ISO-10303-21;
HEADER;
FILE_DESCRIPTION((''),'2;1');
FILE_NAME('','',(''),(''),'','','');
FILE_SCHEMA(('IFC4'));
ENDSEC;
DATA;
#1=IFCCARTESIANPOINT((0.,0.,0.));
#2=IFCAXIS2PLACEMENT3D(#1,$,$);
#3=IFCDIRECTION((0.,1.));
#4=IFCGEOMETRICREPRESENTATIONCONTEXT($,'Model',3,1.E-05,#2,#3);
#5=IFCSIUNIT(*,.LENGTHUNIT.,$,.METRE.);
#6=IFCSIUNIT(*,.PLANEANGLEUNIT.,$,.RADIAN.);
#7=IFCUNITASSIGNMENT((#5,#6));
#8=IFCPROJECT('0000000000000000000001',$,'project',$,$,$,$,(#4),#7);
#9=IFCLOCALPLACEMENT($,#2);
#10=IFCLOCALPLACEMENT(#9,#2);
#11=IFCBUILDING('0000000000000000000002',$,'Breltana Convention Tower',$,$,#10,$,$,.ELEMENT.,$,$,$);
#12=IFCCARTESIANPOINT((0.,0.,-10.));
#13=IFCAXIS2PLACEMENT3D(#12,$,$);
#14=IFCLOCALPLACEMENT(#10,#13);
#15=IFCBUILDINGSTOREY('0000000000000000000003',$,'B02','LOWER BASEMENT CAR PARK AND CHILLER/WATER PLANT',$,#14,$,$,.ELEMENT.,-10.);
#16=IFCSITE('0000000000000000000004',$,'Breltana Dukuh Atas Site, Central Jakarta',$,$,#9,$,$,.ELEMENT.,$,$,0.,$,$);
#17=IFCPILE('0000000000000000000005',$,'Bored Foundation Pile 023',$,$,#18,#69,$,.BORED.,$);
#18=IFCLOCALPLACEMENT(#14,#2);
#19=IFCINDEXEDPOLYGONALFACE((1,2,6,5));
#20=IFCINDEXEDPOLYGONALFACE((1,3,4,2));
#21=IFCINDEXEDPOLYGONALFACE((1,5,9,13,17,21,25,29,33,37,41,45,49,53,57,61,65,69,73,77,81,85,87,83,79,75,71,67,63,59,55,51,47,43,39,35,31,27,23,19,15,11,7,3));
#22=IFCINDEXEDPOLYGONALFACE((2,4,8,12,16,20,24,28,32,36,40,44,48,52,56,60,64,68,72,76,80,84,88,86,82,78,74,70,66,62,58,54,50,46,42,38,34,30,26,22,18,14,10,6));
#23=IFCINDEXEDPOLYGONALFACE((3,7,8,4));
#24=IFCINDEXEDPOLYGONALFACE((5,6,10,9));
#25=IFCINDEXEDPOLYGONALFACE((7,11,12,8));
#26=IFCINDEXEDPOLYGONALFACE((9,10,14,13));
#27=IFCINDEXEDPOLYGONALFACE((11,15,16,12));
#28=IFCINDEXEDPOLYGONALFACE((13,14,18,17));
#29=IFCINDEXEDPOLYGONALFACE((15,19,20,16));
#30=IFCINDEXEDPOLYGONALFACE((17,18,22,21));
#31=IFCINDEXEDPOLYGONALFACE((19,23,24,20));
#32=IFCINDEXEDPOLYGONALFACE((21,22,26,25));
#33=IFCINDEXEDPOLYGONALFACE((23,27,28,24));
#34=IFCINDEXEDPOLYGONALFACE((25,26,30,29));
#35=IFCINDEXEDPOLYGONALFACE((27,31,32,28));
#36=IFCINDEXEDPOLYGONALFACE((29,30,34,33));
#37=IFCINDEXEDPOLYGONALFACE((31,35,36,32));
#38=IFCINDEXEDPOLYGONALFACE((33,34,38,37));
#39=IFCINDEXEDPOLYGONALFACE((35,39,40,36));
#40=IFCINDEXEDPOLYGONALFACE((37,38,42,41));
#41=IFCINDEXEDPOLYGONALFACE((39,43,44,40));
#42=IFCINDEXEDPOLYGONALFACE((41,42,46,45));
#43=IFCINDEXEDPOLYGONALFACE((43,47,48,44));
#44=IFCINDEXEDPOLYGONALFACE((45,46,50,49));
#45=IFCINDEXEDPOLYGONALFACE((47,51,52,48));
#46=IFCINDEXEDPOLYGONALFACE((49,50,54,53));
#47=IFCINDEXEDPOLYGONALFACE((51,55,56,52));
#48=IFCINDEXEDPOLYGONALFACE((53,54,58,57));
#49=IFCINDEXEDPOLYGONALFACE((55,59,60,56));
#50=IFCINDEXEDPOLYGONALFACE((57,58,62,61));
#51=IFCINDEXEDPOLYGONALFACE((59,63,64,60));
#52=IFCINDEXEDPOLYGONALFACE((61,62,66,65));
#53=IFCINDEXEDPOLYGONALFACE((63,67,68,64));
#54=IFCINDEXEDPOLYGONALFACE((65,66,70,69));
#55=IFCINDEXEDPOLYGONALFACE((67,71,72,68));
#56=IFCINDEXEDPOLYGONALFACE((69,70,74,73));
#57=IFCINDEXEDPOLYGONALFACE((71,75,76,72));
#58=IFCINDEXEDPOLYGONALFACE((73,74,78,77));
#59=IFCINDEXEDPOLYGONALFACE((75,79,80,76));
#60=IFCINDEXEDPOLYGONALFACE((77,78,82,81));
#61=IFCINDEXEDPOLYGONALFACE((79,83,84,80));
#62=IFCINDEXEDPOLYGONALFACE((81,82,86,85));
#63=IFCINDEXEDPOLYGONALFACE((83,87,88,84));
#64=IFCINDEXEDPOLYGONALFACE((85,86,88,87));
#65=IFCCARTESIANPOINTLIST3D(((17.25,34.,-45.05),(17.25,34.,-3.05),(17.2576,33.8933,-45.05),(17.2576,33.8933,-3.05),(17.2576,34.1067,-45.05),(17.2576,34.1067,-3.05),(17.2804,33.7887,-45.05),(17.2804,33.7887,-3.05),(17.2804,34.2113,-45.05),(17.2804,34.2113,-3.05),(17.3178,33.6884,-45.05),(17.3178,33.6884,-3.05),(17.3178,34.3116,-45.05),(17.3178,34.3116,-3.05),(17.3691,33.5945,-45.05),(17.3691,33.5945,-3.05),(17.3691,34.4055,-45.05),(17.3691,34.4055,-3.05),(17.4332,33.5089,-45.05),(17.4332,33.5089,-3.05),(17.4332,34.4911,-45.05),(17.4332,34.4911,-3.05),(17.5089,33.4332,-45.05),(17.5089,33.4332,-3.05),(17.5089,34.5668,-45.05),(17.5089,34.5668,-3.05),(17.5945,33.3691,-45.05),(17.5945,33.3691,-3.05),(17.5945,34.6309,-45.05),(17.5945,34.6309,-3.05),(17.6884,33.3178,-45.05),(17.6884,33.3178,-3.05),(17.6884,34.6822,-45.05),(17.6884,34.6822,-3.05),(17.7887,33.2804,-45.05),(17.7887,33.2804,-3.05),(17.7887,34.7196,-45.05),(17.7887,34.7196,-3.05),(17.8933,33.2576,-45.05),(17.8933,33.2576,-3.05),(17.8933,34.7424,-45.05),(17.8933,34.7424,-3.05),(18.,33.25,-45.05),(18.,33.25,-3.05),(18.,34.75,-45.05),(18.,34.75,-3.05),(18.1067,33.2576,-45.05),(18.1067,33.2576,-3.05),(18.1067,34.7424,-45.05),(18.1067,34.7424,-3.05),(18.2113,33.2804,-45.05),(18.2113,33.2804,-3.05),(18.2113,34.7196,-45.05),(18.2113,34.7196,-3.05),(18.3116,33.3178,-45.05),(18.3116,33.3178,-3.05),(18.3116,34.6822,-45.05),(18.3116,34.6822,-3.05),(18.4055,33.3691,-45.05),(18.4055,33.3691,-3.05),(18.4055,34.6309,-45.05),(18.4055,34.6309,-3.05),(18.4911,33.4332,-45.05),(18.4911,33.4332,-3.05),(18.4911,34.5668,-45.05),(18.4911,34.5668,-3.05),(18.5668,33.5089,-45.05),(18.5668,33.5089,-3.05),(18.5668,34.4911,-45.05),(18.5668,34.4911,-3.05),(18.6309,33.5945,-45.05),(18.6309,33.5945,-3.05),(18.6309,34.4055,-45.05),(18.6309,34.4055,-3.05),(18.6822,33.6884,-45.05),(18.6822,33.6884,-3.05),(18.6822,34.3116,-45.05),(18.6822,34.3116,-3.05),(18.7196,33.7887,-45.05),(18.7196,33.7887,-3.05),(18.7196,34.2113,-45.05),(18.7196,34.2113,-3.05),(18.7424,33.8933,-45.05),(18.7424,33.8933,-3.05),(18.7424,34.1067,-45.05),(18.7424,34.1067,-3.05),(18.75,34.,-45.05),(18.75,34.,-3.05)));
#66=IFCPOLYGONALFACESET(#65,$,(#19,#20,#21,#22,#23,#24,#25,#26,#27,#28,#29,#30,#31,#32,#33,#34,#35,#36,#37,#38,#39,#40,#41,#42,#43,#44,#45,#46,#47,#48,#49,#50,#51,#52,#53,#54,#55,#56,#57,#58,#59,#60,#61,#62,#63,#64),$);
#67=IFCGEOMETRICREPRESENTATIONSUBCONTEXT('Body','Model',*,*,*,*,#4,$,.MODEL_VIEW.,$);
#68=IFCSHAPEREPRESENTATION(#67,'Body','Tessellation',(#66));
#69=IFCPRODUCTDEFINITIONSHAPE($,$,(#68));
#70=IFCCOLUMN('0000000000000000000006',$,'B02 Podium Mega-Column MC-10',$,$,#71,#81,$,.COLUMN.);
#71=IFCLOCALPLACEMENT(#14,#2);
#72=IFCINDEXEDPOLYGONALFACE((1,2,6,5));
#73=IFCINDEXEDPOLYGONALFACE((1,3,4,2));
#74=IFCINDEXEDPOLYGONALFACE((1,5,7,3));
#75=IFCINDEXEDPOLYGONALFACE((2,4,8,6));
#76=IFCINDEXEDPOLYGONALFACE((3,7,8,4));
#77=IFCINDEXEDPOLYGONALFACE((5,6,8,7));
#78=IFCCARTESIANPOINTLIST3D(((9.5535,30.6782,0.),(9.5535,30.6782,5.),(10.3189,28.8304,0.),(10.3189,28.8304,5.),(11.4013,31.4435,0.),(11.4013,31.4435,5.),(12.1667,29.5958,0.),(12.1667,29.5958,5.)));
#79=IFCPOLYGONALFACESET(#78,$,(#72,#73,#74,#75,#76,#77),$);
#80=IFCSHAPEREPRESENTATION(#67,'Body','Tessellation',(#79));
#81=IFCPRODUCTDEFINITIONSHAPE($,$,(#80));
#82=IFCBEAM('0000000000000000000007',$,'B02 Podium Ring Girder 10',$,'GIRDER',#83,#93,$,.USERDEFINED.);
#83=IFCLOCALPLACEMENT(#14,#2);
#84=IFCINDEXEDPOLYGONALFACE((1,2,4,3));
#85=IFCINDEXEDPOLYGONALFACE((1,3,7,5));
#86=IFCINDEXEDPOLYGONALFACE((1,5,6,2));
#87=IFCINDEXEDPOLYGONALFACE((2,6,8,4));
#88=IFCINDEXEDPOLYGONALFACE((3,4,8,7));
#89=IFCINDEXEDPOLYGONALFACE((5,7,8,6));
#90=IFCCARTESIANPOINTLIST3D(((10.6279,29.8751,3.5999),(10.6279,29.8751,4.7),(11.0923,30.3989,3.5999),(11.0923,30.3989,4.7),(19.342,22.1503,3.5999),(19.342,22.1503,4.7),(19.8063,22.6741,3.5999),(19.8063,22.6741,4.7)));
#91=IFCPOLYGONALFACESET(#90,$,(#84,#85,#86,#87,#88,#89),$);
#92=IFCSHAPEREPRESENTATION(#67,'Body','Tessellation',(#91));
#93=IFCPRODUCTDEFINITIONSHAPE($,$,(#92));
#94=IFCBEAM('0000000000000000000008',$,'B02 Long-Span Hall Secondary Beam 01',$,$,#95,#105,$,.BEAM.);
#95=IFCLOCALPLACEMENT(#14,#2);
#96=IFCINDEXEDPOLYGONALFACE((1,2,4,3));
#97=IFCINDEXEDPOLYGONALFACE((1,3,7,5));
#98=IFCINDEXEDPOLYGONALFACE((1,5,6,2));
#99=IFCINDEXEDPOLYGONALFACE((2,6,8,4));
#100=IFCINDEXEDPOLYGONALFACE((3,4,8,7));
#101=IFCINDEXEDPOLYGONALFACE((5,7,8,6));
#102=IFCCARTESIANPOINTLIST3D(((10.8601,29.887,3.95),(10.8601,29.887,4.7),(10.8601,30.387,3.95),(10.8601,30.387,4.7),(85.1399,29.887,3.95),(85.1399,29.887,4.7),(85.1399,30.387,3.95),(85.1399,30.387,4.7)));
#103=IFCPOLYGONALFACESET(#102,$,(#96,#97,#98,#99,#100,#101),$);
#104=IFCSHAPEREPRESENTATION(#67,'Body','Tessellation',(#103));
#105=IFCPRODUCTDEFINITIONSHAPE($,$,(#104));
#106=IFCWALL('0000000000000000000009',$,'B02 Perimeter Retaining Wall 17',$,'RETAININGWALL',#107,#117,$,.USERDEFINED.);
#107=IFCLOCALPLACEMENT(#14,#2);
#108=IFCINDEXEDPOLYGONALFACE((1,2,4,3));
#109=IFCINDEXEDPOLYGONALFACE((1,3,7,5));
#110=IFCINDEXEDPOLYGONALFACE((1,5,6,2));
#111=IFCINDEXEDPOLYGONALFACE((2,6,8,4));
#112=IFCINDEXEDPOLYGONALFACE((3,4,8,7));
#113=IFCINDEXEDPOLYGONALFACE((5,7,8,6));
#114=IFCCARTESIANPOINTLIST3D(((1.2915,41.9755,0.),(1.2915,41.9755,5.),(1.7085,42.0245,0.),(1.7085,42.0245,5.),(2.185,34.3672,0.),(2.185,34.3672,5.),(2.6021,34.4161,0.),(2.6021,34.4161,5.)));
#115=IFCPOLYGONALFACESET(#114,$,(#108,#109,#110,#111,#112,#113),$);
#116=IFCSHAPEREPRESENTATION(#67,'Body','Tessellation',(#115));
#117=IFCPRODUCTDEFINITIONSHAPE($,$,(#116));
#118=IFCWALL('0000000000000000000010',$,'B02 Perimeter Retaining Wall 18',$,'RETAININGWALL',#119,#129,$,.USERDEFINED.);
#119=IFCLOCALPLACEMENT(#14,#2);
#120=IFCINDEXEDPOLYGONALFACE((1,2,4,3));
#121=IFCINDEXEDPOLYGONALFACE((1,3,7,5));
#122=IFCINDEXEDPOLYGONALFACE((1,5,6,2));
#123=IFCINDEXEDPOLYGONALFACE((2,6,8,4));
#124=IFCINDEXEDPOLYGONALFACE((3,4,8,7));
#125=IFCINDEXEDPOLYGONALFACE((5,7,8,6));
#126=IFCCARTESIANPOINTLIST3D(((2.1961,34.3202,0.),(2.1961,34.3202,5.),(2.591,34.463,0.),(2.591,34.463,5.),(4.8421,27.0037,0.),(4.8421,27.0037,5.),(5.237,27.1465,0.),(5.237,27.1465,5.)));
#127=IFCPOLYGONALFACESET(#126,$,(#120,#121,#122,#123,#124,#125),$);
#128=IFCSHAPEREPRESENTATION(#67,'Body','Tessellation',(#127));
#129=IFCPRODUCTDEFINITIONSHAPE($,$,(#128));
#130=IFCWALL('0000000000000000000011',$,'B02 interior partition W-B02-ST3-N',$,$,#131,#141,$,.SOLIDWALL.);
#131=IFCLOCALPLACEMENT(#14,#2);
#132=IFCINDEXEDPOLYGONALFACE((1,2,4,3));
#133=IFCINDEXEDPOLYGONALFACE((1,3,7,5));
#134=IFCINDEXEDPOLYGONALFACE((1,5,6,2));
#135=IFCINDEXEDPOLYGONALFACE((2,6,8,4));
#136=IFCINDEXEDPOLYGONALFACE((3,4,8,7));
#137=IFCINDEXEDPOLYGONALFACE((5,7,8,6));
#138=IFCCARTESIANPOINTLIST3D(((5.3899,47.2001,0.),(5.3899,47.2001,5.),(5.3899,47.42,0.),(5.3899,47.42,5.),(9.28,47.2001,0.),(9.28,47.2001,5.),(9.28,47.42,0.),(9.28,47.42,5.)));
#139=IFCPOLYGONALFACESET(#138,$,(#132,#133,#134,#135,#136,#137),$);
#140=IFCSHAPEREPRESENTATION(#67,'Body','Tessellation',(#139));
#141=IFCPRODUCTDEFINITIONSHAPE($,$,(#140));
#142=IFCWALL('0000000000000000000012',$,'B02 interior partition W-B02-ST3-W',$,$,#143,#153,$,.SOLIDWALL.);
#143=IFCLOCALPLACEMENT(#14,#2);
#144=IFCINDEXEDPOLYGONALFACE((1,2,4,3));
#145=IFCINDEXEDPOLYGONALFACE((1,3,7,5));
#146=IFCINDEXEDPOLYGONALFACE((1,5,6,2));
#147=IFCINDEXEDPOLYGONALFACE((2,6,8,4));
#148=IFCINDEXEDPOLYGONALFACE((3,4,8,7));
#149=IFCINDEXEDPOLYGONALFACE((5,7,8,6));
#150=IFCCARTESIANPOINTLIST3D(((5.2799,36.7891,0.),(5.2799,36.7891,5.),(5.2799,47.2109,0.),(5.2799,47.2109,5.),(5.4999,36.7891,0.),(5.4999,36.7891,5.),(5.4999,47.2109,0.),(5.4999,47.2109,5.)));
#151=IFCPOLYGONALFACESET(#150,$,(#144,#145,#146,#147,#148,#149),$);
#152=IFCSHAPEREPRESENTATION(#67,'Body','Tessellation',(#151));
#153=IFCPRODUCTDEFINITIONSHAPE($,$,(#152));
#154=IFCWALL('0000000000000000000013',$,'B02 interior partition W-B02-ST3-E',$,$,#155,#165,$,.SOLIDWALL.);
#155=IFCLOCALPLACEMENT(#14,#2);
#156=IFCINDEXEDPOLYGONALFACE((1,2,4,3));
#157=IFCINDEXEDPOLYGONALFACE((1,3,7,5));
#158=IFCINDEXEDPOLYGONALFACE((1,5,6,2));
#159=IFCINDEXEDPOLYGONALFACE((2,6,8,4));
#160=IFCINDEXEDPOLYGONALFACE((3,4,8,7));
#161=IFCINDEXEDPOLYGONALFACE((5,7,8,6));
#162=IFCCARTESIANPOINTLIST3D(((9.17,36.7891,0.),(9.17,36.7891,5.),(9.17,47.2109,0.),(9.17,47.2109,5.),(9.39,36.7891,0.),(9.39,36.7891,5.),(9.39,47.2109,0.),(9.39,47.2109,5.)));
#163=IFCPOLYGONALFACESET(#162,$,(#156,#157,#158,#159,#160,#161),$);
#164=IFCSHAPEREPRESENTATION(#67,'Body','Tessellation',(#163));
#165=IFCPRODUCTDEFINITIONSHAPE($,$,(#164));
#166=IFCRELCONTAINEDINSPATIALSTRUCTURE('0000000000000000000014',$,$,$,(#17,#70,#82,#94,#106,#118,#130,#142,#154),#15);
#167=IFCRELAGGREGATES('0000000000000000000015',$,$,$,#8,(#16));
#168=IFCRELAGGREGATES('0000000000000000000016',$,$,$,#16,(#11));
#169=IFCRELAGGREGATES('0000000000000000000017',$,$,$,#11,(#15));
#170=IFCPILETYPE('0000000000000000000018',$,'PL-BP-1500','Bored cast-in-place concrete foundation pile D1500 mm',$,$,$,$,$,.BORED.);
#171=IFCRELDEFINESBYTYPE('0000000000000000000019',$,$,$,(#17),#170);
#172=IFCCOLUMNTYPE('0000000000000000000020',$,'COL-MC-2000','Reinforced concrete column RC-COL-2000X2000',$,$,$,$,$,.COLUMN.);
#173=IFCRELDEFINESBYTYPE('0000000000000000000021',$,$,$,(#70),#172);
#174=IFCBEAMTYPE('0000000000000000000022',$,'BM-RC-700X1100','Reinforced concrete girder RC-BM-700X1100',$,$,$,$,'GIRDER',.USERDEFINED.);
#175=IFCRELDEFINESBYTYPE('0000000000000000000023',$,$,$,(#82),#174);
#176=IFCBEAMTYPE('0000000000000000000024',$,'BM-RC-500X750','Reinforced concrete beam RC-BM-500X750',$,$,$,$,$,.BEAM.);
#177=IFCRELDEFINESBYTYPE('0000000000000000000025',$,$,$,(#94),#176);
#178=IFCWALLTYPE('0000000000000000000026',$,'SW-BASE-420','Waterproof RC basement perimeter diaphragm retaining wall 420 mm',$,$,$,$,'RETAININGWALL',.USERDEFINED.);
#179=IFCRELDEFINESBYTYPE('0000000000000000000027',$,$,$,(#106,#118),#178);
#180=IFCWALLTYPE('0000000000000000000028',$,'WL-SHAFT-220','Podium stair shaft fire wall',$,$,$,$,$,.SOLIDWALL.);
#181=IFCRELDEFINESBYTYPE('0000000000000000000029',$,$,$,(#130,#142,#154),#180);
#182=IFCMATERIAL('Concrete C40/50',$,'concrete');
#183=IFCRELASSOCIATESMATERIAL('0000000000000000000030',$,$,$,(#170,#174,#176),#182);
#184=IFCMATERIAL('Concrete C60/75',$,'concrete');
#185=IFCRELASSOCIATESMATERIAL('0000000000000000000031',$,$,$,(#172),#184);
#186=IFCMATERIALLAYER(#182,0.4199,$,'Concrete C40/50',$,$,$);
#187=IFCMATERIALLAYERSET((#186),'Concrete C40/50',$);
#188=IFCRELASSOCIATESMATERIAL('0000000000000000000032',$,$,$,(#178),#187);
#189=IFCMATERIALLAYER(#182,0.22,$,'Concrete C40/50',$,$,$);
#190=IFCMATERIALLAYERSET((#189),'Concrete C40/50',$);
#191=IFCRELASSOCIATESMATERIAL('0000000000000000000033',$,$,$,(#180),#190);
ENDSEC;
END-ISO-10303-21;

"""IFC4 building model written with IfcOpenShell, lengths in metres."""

from ifc_helpers import new_model, si_unit, direction, frame, frame_2d, origin, origin_2d, place, context, subcontext, project, spatial, rectangle, circle, extrude, source, transform, mapped, material, layer, layer_set, material_profile, profile_set, type_object, type_shapes, element, save


model = new_model("IFC4")

# Units and contexts
model_context = context("Model", 3, precision=1e-05, world=origin(), true_north=direction((0.0, 1.0)))
body_context = subcontext(model_context, "Body", "Model", "MODEL_VIEW")
ifc_project = project(units=[si_unit("LENGTHUNIT", "METRE"), si_unit("PLANEANGLEUNIT", "RADIAN")], contexts=[model_context])

# Site, building, storey
site_placement = place(None, origin())
site = spatial("IfcSite", under=ifc_project, at=site_placement, Name="Breltana Dukuh Atas Site, Central Jakarta", CompositionType="ELEMENT", RefElevation=0.0)
building_placement = place(site_placement, origin())
building = spatial("IfcBuilding", under=site, at=building_placement, Name="Breltana Convention Tower", CompositionType="ELEMENT")
storey_placement = place(building_placement, frame((0.0, 0.0, -10.0)))
storey = spatial("IfcBuildingStorey", under=building, at=storey_placement, Name="B02", Description="LOWER BASEMENT CAR PARK AND CHILLER/WATER PLANT", CompositionType="ELEMENT", Elevation=-10.0)

# Pile
ifc_material_1 = material(Name="Concrete C40/50", Category="concrete")
ifc_material_profile_1 = material_profile(ifc_material_1, circle(Radius=0.75, at=origin_2d()), Name="BP-D1500")
ifc_profile_set_1 = profile_set([ifc_material_profile_1], Name="Concrete C40/50")
pile_type_1 = type_object("IfcPileType", Name="PL-BP-1500", Description="Bored cast-in-place concrete foundation pile D1500 mm", PredefinedType="BORED", material=ifc_profile_set_1)
shared_shape_1 = source(origin(), body_context, "Body", "SweptSolid", [
    extrude(circle(Radius=0.75, at=origin_2d()), origin(), (0.0, 0.0, 1.0), 42.0),
])
type_shapes(pile_type_1, [shared_shape_1])
for number, where, z_axis, x_axis, name in (
    (1, (18.0, 34.0, -3.05), (0.0, 0.0, -1.0), (1.0, 0.0, 0.0), "Bored Foundation Pile 023"),
):
    element("IfcPile", number, at=place(storey_placement, frame(where, z_axis=z_axis, x_axis=x_axis)), inside=storey, type_object=pile_type_1, Name=name, PredefinedType="BORED", context=body_context, shape_type="MappedRepresentation", body=[
        mapped(shared_shape_1, transform((0.0, 0.0, 0.0), scale=1.0)),
    ])

# Column
ifc_material_2 = material(Name="Concrete C60/75", Category="concrete")
ifc_material_profile_2 = material_profile(ifc_material_2, rectangle(XDim=2.0, YDim=2.0, at=origin_2d()), Name="RC-COL-2000X2000")
ifc_profile_set_2 = profile_set([ifc_material_profile_2], Name="Concrete C60/75")
column_type = type_object("IfcColumnType", Name="COL-MC-2000", Description="Reinforced concrete column RC-COL-2000X2000", PredefinedType="COLUMN", material=ifc_profile_set_2)
shared_shape_2 = source(origin(), body_context, "Body", "SweptSolid", [
    extrude(rectangle(XDim=2.0, YDim=2.0, at=origin_2d()), origin(), (0.0, 0.0, 1.0), 5.0),
])
type_shapes(column_type, [shared_shape_2])
column_placement = place(storey_placement, frame((10.8601, 30.137, 0.0), z_axis=(0.0, 0.0, 1.0), x_axis=(-0.92388, -0.382683, 0.0)))
element("IfcColumn", 2, at=column_placement, inside=storey, type_object=column_type, Name="B02 Podium Mega-Column MC-10", PredefinedType="COLUMN", context=body_context, shape_type="MappedRepresentation", body=[
    mapped(shared_shape_2, transform((0.0, 0.0, 0.0), scale=1.0)),
])

# Beams
ifc_material_profile_3 = material_profile(ifc_material_1, rectangle(XDim=0.7, YDim=1.1001, at=origin_2d()), Name="RC-BM-700X1100")
ifc_profile_set_3 = profile_set([ifc_material_profile_3], Name="Concrete C40/50")
beam_type_1 = type_object("IfcBeamType", Name="BM-RC-700X1100", Description="Reinforced concrete girder RC-BM-700X1100", ElementType="GIRDER", PredefinedType="USERDEFINED", material=ifc_profile_set_3)
shared_shape_3 = source(origin(), body_context, "Body", "SweptSolid", [
    extrude(rectangle(XDim=0.7, YDim=1.1001, at=origin_2d()), origin(), (0.0, 0.0, 1.0), 11.645),
])
beam_1_placement = place(storey_placement, frame((10.8601, 30.137, 4.1499), z_axis=(0.748305, -0.663355, 0.0), x_axis=(0.663355, 0.748305, 0.0)))
element("IfcBeam", 3, at=beam_1_placement, inside=storey, type_object=beam_type_1, Name="B02 Podium Ring Girder 10", ObjectType="GIRDER", PredefinedType="USERDEFINED", context=body_context, shape_type="MappedRepresentation", body=[
    mapped(shared_shape_3, transform((0.0, 0.0, 0.0), scale=1.0)),
])
ifc_material_profile_4 = material_profile(ifc_material_1, rectangle(XDim=0.5, YDim=0.75, at=origin_2d()), Name="RC-BM-500X750")
ifc_profile_set_4 = profile_set([ifc_material_profile_4], Name="Concrete C40/50")
beam_type_2 = type_object("IfcBeamType", Name="BM-RC-500X750", Description="Reinforced concrete beam RC-BM-500X750", PredefinedType="BEAM", material=ifc_profile_set_4)
shared_shape_4 = source(origin(), body_context, "Body", "SweptSolid", [
    extrude(rectangle(XDim=0.5, YDim=0.75, at=origin_2d()), origin(), (0.0, 0.0, 1.0), 74.2798),
])
type_shapes(beam_type_2, [shared_shape_4])
beam_2_placement = place(storey_placement, frame((10.8601, 30.137, 4.325), z_axis=(1.0, 0.0, 0.0), x_axis=(0.0, 1.0, 0.0)))
element("IfcBeam", 4, at=beam_2_placement, inside=storey, type_object=beam_type_2, Name="B02 Long-Span Hall Secondary Beam 01", PredefinedType="BEAM", context=body_context, shape_type="MappedRepresentation", body=[
    mapped(shared_shape_4, transform((0.0, 0.0, 0.0), scale=1.0)),
])

# Walls
ifc_layer_1 = layer(ifc_material_1, 0.4199, Name="Concrete C40/50")
ifc_layer_set_1 = layer_set([ifc_layer_1], Name="Concrete C40/50")
wall_type_1 = type_object("IfcWallType", Name="SW-BASE-420", Description="Waterproof RC basement perimeter diaphragm retaining wall 420 mm", ElementType="RETAININGWALL", PredefinedType="USERDEFINED", material=ifc_layer_set_1)
shared_shape_5 = source(origin(), body_context, "Body", "SweptSolid", [
    extrude(rectangle(XDim=7.6606, YDim=0.4199, at=frame_2d((3.8303, 0.0))), origin(), (0.0, 0.0, 1.0), 5.0),
])
wall_1_placement = place(storey_placement, frame((1.5, 42.0, 0.0), z_axis=(0.0, 0.0, 1.0), x_axis=(0.116642, -0.993174, 0.0)))
element("IfcWall", 5, at=wall_1_placement, inside=storey, type_object=wall_type_1, Name="B02 Perimeter Retaining Wall 17", ObjectType="RETAININGWALL", PredefinedType="USERDEFINED", context=body_context, shape_type="MappedRepresentation", body=[
    mapped(shared_shape_5, transform((0.0, 0.0, 0.0), scale=1.0)),
])
shared_shape_6 = source(origin(), body_context, "Body", "SweptSolid", [
    extrude(rectangle(XDim=7.7803, YDim=0.4199, at=frame_2d((3.8901, 0.0))), origin(), (0.0, 0.0, 1.0), 5.0),
])
wall_2_placement = place(storey_placement, frame((2.3936, 34.3916, 0.0), z_axis=(0.0, 0.0, 1.0), x_axis=(0.340095, -0.940391, 0.0)))
element("IfcWall", 6, at=wall_2_placement, inside=storey, type_object=wall_type_1, Name="B02 Perimeter Retaining Wall 18", ObjectType="RETAININGWALL", PredefinedType="USERDEFINED", context=body_context, shape_type="MappedRepresentation", body=[
    mapped(shared_shape_6, transform((0.0, 0.0, 0.0), scale=1.0)),
])

# Shared definitions
ifc_layer_2 = layer(ifc_material_1, 0.22, Name="Concrete C40/50")
ifc_layer_set_2 = layer_set([ifc_layer_2], Name="Concrete C40/50")
wall_type_2 = type_object("IfcWallType", Name="WL-SHAFT-220", Description="Podium stair shaft fire wall", PredefinedType="SOLIDWALL", material=ifc_layer_set_2)
shared_shape_7 = source(origin(), body_context, "Body", "SweptSolid", [
    extrude(rectangle(XDim=3.8901, YDim=0.22, at=frame_2d((1.9451, 0.0))), origin(), (0.0, 0.0, 1.0), 5.0),
])
type_shapes(wall_type_2, [shared_shape_7])

# Walls
wall_3_placement = place(storey_placement, frame((5.3899, 47.3101, 0.0), z_axis=(0.0, 0.0, 1.0), x_axis=(1.0, 0.0, 0.0)))
element("IfcWall", 7, at=wall_3_placement, inside=storey, type_object=wall_type_2, Name="B02 interior partition W-B02-ST3-N", PredefinedType="SOLIDWALL", context=body_context, shape_type="MappedRepresentation", body=[
    mapped(shared_shape_7, transform((0.0, 0.0, 0.0), scale=1.0)),
])
shared_shape_8 = source(origin(), body_context, "Body", "SweptSolid", [
    extrude(rectangle(XDim=10.4219, YDim=0.22, at=frame_2d((5.2109, 0.0))), origin(), (0.0, 0.0, 1.0), 5.0),
])
for number, where, z_axis, x_axis, name in (
    (8, (5.3899, 36.7891, 0.0), (0.0, 0.0, 1.0), (0.0, 1.0, 0.0), "B02 interior partition W-B02-ST3-W"),
    (9, (9.28, 36.7891, 0.0), (0.0, 0.0, 1.0), (0.0, 1.0, 0.0), "B02 interior partition W-B02-ST3-E"),
):
    element("IfcWall", number, at=place(storey_placement, frame(where, z_axis=z_axis, x_axis=x_axis)), inside=storey, type_object=wall_type_2, Name=name, PredefinedType="SOLIDWALL", context=body_context, shape_type="MappedRepresentation", body=[
        mapped(shared_shape_8, transform((0.0, 0.0, 0.0), scale=1.0)),
    ])

save(model, "model.ifc")
